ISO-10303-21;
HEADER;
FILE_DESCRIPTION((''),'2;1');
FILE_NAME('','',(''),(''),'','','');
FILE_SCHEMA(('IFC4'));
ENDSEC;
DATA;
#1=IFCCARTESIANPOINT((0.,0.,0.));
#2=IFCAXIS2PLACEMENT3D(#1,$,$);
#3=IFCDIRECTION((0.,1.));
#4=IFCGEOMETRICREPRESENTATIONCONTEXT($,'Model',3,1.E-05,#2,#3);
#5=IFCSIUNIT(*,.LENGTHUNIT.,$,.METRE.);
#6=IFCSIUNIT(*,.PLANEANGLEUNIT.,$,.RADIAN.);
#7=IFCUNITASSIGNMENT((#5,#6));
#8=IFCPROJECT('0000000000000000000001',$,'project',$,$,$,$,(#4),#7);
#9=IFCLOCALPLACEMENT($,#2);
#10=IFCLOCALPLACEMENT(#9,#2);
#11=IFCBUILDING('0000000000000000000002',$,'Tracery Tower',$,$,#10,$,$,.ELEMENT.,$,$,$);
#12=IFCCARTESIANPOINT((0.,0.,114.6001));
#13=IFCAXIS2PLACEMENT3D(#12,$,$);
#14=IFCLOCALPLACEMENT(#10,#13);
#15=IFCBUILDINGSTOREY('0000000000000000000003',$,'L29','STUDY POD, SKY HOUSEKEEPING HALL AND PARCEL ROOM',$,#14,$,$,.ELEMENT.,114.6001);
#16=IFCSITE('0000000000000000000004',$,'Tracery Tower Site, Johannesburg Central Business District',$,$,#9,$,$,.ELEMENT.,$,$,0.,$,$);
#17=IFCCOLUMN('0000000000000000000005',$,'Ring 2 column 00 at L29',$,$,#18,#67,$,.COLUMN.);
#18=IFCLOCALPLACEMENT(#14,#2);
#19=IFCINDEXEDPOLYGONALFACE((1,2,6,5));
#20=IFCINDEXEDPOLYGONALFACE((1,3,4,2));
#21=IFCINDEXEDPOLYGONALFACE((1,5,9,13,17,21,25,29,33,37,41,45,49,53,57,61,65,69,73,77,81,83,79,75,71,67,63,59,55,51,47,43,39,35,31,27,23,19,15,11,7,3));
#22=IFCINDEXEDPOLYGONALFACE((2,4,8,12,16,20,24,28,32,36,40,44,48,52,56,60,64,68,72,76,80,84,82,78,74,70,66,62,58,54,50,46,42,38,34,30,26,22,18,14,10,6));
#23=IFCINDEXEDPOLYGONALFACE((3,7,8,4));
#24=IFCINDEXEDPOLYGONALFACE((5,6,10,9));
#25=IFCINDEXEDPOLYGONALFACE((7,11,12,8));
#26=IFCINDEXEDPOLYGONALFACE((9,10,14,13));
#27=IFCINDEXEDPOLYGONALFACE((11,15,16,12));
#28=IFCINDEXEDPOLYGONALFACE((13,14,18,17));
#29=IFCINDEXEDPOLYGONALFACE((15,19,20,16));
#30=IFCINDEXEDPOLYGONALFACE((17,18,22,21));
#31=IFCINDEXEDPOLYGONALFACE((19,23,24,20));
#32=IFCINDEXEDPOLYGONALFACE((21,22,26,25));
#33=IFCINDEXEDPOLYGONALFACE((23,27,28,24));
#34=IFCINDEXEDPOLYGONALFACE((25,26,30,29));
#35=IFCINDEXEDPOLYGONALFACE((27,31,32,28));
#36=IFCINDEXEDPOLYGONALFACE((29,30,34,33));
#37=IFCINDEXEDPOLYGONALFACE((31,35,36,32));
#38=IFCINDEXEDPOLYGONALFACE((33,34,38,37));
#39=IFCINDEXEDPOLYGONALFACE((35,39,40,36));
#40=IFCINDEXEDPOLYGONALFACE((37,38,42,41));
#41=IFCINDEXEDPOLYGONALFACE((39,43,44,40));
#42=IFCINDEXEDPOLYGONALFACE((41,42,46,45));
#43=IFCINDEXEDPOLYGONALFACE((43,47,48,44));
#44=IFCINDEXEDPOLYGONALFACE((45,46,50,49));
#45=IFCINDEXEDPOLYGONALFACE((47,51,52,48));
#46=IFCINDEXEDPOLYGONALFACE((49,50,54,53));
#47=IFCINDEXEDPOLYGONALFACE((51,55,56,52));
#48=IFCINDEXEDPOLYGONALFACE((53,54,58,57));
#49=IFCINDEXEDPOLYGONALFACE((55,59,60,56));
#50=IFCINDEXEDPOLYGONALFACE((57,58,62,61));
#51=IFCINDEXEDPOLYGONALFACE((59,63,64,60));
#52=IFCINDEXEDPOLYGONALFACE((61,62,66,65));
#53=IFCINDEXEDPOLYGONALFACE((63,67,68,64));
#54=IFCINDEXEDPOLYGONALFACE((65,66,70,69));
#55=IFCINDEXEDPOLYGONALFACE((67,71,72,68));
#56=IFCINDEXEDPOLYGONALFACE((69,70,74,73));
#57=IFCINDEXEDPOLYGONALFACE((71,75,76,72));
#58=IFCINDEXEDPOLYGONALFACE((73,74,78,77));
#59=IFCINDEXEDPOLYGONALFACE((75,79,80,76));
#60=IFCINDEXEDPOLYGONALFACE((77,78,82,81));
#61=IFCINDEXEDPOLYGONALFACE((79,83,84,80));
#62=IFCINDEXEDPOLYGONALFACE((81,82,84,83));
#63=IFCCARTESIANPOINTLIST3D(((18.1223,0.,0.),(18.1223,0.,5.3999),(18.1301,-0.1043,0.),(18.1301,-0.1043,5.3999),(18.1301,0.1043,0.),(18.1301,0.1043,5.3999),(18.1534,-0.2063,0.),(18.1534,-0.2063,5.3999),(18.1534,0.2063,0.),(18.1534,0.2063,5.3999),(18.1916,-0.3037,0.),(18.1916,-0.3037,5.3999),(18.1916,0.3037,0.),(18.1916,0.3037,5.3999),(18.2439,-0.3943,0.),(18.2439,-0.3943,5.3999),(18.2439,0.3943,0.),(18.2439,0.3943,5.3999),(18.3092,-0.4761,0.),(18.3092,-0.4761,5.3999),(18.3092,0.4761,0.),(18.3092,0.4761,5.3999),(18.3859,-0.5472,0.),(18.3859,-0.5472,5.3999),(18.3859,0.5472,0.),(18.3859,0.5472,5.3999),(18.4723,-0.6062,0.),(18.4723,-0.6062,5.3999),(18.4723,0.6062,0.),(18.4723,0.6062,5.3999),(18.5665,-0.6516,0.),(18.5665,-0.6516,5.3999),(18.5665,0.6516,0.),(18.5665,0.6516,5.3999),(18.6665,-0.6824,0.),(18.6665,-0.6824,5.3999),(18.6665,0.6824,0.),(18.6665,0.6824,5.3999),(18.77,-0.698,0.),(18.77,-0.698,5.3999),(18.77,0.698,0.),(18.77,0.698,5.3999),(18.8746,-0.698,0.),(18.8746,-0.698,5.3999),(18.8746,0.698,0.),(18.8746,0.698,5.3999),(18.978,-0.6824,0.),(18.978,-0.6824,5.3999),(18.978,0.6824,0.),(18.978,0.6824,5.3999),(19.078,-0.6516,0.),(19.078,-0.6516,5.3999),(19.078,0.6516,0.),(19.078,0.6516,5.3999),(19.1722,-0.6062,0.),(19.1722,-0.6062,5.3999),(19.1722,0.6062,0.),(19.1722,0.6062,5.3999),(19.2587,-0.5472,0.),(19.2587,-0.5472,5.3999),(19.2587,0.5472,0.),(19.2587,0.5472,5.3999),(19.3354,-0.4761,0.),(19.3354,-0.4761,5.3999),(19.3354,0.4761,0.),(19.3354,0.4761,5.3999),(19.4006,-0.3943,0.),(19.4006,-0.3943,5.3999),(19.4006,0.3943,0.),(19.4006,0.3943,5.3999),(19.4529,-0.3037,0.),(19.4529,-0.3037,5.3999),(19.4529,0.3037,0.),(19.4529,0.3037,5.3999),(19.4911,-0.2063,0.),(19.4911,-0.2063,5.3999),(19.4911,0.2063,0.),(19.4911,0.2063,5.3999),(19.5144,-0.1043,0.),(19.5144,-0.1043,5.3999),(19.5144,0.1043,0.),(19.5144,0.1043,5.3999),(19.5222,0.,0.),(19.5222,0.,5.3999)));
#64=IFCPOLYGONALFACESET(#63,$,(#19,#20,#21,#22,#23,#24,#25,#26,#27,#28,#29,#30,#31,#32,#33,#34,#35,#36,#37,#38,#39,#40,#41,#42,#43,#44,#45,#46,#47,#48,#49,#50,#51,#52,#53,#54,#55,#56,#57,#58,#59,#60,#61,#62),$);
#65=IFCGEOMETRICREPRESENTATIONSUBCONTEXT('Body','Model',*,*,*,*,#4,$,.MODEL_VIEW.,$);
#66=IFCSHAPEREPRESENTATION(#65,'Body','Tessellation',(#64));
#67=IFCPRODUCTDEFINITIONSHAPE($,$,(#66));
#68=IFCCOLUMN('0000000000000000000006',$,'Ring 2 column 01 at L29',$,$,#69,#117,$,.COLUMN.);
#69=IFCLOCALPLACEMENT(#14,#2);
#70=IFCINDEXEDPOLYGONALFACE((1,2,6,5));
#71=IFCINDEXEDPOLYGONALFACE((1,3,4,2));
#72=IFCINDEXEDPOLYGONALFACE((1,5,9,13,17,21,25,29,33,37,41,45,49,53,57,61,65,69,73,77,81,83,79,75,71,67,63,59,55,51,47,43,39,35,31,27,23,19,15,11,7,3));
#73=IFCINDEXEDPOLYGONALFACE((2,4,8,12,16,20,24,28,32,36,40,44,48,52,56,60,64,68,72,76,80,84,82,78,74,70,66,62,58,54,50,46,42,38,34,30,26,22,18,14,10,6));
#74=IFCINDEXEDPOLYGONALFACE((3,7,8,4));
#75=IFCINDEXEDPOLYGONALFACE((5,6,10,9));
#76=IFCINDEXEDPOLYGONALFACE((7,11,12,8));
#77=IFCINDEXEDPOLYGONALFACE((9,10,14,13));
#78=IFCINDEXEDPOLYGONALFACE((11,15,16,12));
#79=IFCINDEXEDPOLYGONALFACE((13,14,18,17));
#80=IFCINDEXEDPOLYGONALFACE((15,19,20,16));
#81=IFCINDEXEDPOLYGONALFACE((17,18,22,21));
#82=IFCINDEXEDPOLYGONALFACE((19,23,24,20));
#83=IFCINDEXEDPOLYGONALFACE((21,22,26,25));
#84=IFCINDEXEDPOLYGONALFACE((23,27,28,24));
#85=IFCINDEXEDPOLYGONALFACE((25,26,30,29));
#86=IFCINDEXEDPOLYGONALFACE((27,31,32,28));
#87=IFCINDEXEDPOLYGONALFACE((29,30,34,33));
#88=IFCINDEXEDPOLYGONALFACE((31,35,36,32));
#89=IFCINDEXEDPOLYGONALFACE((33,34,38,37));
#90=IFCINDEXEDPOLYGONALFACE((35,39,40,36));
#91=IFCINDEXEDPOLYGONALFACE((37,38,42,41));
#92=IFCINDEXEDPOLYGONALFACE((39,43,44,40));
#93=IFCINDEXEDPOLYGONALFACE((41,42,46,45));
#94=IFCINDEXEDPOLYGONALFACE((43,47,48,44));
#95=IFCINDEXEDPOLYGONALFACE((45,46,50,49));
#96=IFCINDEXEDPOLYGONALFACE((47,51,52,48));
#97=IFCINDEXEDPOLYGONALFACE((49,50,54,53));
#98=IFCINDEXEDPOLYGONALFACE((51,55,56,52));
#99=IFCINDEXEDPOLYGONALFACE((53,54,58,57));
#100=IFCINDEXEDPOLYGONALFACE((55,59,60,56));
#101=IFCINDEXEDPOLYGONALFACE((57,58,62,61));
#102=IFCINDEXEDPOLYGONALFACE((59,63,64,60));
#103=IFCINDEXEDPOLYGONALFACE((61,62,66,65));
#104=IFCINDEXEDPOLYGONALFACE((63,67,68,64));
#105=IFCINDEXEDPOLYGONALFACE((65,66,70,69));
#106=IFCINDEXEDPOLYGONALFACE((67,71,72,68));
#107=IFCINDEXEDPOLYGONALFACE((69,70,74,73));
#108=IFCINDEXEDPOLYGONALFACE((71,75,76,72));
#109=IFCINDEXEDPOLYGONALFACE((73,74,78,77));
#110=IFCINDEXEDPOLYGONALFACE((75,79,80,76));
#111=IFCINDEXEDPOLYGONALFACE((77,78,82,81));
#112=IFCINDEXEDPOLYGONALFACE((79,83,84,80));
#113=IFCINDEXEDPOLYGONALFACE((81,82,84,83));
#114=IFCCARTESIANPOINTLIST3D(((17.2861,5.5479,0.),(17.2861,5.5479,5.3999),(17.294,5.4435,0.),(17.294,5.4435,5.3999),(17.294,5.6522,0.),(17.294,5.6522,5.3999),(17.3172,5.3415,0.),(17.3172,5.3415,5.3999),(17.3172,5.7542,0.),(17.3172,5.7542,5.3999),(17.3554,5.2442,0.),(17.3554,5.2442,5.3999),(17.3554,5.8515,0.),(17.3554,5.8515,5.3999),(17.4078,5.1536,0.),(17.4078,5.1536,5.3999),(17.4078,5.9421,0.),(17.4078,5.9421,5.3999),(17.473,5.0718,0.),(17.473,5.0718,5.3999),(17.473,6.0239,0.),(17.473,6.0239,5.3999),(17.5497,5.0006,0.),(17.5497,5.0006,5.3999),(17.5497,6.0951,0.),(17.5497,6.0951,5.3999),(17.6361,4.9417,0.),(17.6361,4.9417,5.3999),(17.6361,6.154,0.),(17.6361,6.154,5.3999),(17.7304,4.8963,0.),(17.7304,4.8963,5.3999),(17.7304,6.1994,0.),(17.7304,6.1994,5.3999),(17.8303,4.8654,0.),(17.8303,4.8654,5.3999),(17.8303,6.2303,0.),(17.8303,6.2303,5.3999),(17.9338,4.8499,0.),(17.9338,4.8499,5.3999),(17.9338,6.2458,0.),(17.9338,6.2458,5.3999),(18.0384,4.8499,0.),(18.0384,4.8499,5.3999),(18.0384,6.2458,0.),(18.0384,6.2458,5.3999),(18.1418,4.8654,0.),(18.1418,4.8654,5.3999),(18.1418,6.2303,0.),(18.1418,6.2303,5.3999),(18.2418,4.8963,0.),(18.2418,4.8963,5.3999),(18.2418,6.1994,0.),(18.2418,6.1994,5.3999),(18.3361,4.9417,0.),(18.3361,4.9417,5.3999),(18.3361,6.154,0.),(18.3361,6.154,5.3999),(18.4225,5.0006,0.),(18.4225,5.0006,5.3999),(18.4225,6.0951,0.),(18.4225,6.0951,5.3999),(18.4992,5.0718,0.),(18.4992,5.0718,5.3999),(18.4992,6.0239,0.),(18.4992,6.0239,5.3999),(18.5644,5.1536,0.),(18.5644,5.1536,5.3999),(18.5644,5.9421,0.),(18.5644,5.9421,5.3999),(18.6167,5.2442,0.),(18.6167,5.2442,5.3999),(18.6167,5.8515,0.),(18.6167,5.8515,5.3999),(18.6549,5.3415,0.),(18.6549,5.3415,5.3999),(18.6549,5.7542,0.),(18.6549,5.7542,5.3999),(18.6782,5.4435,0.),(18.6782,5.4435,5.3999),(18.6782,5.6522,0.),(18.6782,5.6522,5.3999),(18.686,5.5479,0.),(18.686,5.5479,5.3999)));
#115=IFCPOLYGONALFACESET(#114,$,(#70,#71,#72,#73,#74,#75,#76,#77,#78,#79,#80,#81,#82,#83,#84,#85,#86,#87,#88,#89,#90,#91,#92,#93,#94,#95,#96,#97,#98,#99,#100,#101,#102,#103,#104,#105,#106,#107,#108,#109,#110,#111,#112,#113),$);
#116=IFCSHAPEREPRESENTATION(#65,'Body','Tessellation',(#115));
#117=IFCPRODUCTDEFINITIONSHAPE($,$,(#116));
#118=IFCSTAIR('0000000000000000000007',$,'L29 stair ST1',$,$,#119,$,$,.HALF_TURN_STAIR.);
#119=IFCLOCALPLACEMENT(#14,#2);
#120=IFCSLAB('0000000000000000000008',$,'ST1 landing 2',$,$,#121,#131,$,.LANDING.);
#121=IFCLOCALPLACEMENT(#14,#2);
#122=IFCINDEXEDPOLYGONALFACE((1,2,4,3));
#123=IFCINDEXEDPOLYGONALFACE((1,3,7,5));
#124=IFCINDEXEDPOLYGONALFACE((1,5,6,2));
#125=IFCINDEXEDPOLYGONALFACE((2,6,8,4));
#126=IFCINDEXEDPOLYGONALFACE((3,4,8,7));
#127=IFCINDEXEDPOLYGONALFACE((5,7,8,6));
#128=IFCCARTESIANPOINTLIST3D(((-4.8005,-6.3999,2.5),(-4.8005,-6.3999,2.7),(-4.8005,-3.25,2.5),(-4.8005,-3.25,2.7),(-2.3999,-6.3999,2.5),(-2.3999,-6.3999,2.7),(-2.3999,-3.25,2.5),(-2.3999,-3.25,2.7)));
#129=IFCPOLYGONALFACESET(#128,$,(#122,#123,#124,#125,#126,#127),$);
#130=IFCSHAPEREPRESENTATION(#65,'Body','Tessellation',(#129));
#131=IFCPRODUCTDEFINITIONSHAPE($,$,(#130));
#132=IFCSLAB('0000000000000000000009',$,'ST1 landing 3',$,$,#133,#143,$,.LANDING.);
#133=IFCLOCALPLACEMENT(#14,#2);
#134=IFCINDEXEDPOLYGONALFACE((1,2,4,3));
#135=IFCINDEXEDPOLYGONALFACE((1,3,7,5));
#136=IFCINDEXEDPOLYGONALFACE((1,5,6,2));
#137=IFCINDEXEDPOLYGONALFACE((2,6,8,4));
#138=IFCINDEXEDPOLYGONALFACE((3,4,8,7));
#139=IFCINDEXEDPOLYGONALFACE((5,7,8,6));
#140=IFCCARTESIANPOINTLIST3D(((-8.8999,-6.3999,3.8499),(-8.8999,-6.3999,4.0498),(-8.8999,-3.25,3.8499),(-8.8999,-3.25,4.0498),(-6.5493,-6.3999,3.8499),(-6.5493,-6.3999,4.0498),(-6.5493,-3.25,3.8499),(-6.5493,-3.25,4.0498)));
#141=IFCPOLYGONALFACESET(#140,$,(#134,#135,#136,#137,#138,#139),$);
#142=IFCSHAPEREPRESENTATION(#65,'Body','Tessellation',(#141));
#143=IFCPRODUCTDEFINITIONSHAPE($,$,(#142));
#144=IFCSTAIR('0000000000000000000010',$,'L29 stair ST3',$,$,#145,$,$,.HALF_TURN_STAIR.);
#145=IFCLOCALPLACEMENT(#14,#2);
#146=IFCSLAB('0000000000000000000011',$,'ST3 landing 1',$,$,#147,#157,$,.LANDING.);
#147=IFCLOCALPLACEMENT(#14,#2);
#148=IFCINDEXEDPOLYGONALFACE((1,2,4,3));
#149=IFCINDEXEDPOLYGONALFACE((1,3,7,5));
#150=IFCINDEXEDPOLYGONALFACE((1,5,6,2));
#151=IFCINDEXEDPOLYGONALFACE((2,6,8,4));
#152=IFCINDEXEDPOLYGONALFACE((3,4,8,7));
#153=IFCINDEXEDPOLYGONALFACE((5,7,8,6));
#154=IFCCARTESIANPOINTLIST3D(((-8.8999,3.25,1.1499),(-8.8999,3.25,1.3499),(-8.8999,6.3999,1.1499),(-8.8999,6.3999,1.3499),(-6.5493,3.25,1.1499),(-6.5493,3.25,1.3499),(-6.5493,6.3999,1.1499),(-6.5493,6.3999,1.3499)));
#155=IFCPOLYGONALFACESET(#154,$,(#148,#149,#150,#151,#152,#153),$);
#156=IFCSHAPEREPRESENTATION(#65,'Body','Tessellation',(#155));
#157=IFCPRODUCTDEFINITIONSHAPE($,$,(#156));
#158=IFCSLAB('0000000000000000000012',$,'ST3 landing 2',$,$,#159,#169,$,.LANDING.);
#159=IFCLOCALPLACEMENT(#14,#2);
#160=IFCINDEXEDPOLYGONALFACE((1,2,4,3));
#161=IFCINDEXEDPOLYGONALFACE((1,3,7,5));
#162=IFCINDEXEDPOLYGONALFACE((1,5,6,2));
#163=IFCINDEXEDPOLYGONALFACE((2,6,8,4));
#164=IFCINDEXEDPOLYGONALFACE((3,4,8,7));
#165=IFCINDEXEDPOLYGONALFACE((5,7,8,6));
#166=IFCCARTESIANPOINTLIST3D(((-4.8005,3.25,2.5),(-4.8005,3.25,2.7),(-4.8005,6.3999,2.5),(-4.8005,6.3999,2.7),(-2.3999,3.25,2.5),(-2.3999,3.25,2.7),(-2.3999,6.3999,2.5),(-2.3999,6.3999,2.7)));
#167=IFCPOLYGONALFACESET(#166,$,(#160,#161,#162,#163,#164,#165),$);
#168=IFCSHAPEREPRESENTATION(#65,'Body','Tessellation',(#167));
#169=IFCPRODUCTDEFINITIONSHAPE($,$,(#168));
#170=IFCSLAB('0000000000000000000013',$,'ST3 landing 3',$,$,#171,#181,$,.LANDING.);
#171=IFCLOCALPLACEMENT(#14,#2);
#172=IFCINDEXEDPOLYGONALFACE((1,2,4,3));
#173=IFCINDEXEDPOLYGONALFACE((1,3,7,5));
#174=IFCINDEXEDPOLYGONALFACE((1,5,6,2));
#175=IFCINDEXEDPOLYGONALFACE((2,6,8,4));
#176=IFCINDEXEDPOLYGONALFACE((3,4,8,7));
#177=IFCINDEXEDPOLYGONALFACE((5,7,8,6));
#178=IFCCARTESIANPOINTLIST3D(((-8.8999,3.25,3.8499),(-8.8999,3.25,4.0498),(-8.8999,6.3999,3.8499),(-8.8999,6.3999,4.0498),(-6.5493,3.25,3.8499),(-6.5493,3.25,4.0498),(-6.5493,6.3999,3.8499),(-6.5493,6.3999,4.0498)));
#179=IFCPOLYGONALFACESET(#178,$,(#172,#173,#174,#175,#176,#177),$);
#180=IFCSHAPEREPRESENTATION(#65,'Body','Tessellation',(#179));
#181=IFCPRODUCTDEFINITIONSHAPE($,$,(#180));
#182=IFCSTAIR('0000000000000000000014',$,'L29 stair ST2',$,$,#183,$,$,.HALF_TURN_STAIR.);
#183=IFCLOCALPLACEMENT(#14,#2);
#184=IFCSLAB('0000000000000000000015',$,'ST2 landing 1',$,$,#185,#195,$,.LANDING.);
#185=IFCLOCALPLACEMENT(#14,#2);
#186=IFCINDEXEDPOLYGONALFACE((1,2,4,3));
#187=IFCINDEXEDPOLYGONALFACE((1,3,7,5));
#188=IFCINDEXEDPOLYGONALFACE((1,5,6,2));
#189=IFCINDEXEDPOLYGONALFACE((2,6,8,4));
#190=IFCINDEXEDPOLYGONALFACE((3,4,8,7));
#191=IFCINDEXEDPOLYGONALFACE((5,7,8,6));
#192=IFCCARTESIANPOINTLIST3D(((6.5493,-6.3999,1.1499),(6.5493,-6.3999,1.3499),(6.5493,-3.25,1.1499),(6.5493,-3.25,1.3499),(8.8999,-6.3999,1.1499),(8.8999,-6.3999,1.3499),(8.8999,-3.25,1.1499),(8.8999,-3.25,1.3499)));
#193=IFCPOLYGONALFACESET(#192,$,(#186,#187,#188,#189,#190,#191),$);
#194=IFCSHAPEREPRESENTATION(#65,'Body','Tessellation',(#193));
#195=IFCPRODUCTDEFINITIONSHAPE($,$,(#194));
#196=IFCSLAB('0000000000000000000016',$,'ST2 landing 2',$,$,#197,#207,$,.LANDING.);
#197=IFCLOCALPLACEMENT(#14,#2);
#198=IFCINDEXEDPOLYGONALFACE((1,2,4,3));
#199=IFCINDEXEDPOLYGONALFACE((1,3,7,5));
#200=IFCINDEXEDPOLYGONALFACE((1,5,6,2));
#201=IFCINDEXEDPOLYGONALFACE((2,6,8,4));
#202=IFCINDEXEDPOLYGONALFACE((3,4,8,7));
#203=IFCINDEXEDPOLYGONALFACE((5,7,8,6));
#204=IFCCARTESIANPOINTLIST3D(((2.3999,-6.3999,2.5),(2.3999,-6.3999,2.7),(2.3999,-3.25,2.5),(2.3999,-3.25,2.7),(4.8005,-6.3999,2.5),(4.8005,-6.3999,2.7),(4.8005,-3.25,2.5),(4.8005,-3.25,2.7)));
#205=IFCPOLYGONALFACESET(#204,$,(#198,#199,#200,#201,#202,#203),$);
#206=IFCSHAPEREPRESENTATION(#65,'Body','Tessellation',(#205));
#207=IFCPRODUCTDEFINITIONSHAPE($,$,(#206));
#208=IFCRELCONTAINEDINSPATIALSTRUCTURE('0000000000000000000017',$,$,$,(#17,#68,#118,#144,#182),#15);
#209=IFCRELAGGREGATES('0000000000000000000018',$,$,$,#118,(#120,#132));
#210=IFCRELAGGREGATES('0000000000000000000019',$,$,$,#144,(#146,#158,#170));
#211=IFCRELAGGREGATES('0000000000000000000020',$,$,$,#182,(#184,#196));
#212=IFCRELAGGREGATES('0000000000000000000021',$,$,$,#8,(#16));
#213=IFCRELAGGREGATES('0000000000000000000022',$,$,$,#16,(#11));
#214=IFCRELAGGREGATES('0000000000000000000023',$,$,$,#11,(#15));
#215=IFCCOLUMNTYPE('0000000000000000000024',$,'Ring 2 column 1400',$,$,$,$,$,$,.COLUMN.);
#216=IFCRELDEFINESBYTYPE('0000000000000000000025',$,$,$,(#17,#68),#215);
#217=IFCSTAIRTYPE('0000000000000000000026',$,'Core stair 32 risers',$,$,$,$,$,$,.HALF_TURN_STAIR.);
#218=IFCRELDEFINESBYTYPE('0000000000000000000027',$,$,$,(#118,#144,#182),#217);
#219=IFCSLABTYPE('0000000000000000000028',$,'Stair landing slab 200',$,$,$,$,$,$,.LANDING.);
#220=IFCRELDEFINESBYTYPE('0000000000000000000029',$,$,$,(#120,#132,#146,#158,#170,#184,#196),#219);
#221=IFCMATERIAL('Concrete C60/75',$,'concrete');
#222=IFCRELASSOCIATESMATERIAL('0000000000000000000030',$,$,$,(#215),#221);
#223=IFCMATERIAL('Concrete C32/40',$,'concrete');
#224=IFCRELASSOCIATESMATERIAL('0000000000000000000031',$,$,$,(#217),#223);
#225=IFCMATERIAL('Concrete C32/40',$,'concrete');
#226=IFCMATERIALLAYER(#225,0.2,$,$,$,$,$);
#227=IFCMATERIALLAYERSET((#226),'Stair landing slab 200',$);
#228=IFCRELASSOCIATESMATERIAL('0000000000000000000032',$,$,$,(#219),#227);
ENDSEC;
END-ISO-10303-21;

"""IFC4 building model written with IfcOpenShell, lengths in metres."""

from ifc_helpers import new_model, si_unit, direction, frame, origin, origin_2d, place, context, subcontext, project, spatial, polyline, circle, outline, extrude, material, layer, layer_set, material_profile, profile_set, type_object, element, aggregate, save


model = new_model("IFC4")

# Units and contexts
model_context = context("Model", 3, precision=1e-05, world=origin(), true_north=direction((0.0, 1.0)))
body_context = subcontext(model_context, "Body", "Model", "MODEL_VIEW")
ifc_project = project(units=[si_unit("LENGTHUNIT", "METRE"), si_unit("PLANEANGLEUNIT", "RADIAN")], contexts=[model_context])

# Site, building, storey
site_placement = place(None, origin())
site = spatial("IfcSite", under=ifc_project, at=site_placement, Name="Tracery Tower Site, Johannesburg Central Business District", CompositionType="ELEMENT", RefElevation=0.0)
building_placement = place(site_placement, origin())
building = spatial("IfcBuilding", under=site, at=building_placement, Name="Tracery Tower", CompositionType="ELEMENT")
storey_placement = place(building_placement, frame((0.0, 0.0, 114.6001)))
storey = spatial("IfcBuildingStorey", under=building, at=storey_placement, Name="L29", Description="STUDY POD, SKY HOUSEKEEPING HALL AND PARCEL ROOM", CompositionType="ELEMENT", Elevation=114.6001)

# Columns
ifc_material_1 = material(Name="Concrete C60/75", Category="concrete")
ifc_material_profile = material_profile(ifc_material_1, circle(Radius=0.7, at=origin_2d()), Name="RC D1400")
ifc_profile_set = profile_set([ifc_material_profile], Name="Concrete C60/75")
column_type = type_object("IfcColumnType", Name="Ring 2 column 1400", PredefinedType="COLUMN", material=ifc_profile_set)
for number, where, z_axis, x_axis, name in (
    (1, (18.8223, 0.0, 0.0), (0.0, 0.0, 1.0), (1.0, 0.0, 0.0), "Ring 2 column 00 at L29"),
    (2, (17.9861, 5.5479, 0.0), (0.0, 0.0, 1.0), (1.0, 0.0, 0.0), "Ring 2 column 01 at L29"),
):
    element("IfcColumn", number, at=place(storey_placement, frame(where, z_axis=z_axis, x_axis=x_axis)), inside=storey, type_object=column_type, Name=name, PredefinedType="COLUMN", context=body_context, shape_type="SweptSolid", body=[
        extrude(circle(Radius=0.7, at=origin_2d()), origin(), (0.0, 0.0, 1.0), 5.3999),
    ])

# Stairs, slabs
ifc_material_2 = material(Name="Concrete C32/40", Category="concrete")
stair_type = type_object("IfcStairType", Name="Core stair 32 risers", PredefinedType="HALF_TURN_STAIR", material=ifc_material_2)
stair_1_placement = place(storey_placement, origin())
stair_1 = element("IfcStair", 3, at=stair_1_placement, inside=storey, type_object=stair_type, Name="L29 stair ST1", PredefinedType="HALF_TURN_STAIR")
ifc_material_3 = material(Name="Concrete C32/40", Category="concrete")
ifc_layer_1 = layer(ifc_material_3, 0.2)
ifc_layer_set_1 = layer_set([ifc_layer_1], Name="Stair landing slab 200")
slab_type = type_object("IfcSlabType", Name="Stair landing slab 200", PredefinedType="LANDING", material=ifc_layer_set_1)
slab_1_placement = place(storey_placement, frame((0.0, 0.0, 2.5)))
slab_1 = element("IfcSlab", 4, at=slab_1_placement, type_object=slab_type, Name="ST1 landing 2", PredefinedType="LANDING", context=body_context, shape_type="SweptSolid", body=[
    extrude(outline(polyline([(-2.3999, -3.25), (-4.8005, -3.25), (-4.8005, -6.3999), (-2.3999, -6.3999), (-2.3999, -3.25)])), origin(), (0.0, 0.0, 1.0), 0.2),
])
slab_2_placement = place(storey_placement, frame((0.0, 0.0, 3.8499)))
slab_2 = element("IfcSlab", 5, at=slab_2_placement, type_object=slab_type, Name="ST1 landing 3", PredefinedType="LANDING", context=body_context, shape_type="SweptSolid", body=[
    extrude(outline(polyline([(-6.5493, -3.25), (-8.8999, -3.25), (-8.8999, -6.3999), (-6.5493, -6.3999), (-6.5493, -3.25)])), origin(), (0.0, 0.0, 1.0), 0.2),
])
aggregate(stair_1, [slab_1, slab_2])
stair_2_placement = place(storey_placement, origin())
stair_2 = element("IfcStair", 6, at=stair_2_placement, inside=storey, type_object=stair_type, Name="L29 stair ST3", PredefinedType="HALF_TURN_STAIR")
slab_3_placement = place(storey_placement, frame((0.0, 0.0, 1.1499)))
slab_3 = element("IfcSlab", 7, at=slab_3_placement, type_object=slab_type, Name="ST3 landing 1", PredefinedType="LANDING", context=body_context, shape_type="SweptSolid", body=[
    extrude(outline(polyline([(-6.5493, 6.3999), (-8.8999, 6.3999), (-8.8999, 3.25), (-6.5493, 3.25), (-6.5493, 6.3999)])), origin(), (0.0, 0.0, 1.0), 0.2),
])
slab_4_placement = place(storey_placement, frame((0.0, 0.0, 2.5)))
slab_4 = element("IfcSlab", 8, at=slab_4_placement, type_object=slab_type, Name="ST3 landing 2", PredefinedType="LANDING", context=body_context, shape_type="SweptSolid", body=[
    extrude(outline(polyline([(-2.3999, 6.3999), (-4.8005, 6.3999), (-4.8005, 3.25), (-2.3999, 3.25), (-2.3999, 6.3999)])), origin(), (0.0, 0.0, 1.0), 0.2),
])
slab_5_placement = place(storey_placement, frame((0.0, 0.0, 3.8499)))
slab_5 = element("IfcSlab", 9, at=slab_5_placement, type_object=slab_type, Name="ST3 landing 3", PredefinedType="LANDING", context=body_context, shape_type="SweptSolid", body=[
    extrude(outline(polyline([(-6.5493, 6.3999), (-8.8999, 6.3999), (-8.8999, 3.25), (-6.5493, 3.25), (-6.5493, 6.3999)])), origin(), (0.0, 0.0, 1.0), 0.2),
])
aggregate(stair_2, [slab_3, slab_4, slab_5])
stair_3_placement = place(storey_placement, origin())
stair_3 = element("IfcStair", 10, at=stair_3_placement, inside=storey, type_object=stair_type, Name="L29 stair ST2", PredefinedType="HALF_TURN_STAIR")
slab_6_placement = place(storey_placement, frame((0.0, 0.0, 1.1499)))
slab_6 = element("IfcSlab", 11, at=slab_6_placement, type_object=slab_type, Name="ST2 landing 1", PredefinedType="LANDING", context=body_context, shape_type="SweptSolid", body=[
    extrude(outline(polyline([(6.5493, -6.3999), (8.8999, -6.3999), (8.8999, -3.25), (6.5493, -3.25), (6.5493, -6.3999)])), origin(), (0.0, 0.0, 1.0), 0.2),
])
slab_7_placement = place(storey_placement, frame((0.0, 0.0, 2.5)))
slab_7 = element("IfcSlab", 12, at=slab_7_placement, type_object=slab_type, Name="ST2 landing 2", PredefinedType="LANDING", context=body_context, shape_type="SweptSolid", body=[
    extrude(outline(polyline([(2.3999, -6.3999), (4.8005, -6.3999), (4.8005, -3.25), (2.3999, -3.25), (2.3999, -6.3999)])), origin(), (0.0, 0.0, 1.0), 0.2),
])
aggregate(stair_3, [slab_6, slab_7])

save(model, "model.ifc")
